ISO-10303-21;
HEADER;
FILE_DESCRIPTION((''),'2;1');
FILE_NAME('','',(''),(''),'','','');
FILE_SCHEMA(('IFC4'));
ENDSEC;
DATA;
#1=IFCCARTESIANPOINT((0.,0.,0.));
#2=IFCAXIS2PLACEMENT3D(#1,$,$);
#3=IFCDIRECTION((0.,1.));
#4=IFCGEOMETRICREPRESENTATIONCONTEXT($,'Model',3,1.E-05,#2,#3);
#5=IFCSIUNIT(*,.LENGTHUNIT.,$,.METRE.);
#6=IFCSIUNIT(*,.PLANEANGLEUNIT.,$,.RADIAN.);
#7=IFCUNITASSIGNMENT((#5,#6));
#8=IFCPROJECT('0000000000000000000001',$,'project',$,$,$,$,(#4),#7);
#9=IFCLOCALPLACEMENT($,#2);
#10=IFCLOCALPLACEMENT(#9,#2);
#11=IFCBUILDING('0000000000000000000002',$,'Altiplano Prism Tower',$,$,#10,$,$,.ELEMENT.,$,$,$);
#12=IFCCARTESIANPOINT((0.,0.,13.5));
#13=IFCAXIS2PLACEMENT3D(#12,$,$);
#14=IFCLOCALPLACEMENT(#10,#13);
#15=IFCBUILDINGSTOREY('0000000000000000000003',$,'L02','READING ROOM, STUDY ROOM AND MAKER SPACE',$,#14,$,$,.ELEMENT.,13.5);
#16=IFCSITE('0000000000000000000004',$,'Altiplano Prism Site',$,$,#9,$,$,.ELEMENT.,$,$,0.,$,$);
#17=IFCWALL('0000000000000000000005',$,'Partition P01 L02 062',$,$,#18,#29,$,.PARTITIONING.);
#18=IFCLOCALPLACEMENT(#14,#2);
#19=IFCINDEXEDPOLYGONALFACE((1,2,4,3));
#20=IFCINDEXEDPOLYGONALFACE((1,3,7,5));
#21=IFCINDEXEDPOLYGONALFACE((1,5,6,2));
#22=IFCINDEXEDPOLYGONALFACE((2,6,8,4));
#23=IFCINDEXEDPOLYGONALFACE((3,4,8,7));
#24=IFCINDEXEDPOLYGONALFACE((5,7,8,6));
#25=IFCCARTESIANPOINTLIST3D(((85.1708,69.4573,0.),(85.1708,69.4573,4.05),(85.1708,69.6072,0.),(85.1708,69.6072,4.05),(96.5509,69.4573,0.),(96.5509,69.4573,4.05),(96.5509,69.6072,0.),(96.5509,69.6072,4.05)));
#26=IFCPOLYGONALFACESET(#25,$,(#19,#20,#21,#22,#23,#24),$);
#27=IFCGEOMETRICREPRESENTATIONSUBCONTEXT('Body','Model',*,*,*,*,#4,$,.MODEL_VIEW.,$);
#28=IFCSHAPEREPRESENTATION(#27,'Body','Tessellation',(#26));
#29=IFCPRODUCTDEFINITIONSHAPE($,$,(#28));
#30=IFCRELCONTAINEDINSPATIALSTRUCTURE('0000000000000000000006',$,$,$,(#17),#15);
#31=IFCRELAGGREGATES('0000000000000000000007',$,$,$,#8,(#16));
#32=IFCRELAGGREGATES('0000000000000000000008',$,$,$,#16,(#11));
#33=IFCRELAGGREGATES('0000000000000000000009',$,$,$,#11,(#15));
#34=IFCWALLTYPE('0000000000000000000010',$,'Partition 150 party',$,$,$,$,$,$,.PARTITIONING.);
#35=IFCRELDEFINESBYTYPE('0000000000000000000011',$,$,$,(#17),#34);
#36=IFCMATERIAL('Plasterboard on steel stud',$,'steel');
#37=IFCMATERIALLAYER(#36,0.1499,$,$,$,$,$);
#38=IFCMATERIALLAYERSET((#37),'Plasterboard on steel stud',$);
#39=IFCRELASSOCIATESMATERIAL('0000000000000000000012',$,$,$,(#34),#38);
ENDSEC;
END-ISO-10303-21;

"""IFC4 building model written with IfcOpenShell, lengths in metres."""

from ifc_helpers import new_model, si_unit, direction, frame, frame_2d, origin, place, context, subcontext, project, spatial, rectangle, extrude, material, layer, layer_set, type_object, element, save


model = new_model("IFC4")

# Units and contexts
model_context = context("Model", 3, precision=1e-05, world=origin(), true_north=direction((0.0, 1.0)))
body_context = subcontext(model_context, "Body", "Model", "MODEL_VIEW")
ifc_project = project(units=[si_unit("LENGTHUNIT", "METRE"), si_unit("PLANEANGLEUNIT", "RADIAN")], contexts=[model_context])

# Site, building, storey
site_placement = place(None, origin())
site = spatial("IfcSite", under=ifc_project, at=site_placement, Name="Altiplano Prism Site", CompositionType="ELEMENT", RefElevation=0.0)
building_placement = place(site_placement, origin())
building = spatial("IfcBuilding", under=site, at=building_placement, Name="Altiplano Prism Tower", CompositionType="ELEMENT")
storey_placement = place(building_placement, frame((0.0, 0.0, 13.5)))
storey = spatial("IfcBuildingStorey", under=building, at=storey_placement, Name="L02", Description="READING ROOM, STUDY ROOM AND MAKER SPACE", CompositionType="ELEMENT", Elevation=13.5)

# Shared definitions
ifc_material_1 = material(Name="Plasterboard on steel stud", Category="steel")

# Wall
ifc_layer_1 = layer(ifc_material_1, 0.1499)
ifc_layer_set_1 = layer_set([ifc_layer_1], Name="Plasterboard on steel stud")
wall_type_1 = type_object("IfcWallType", Name="Partition 150 party", PredefinedType="PARTITIONING", material=ifc_layer_set_1)
wall_1_placement = place(storey_placement, frame((85.1709, 69.5322, 0.0), z_axis=(0.0, 0.0, 1.0), x_axis=(1.0, 0.0, 0.0)))
element("IfcWall", 1, at=wall_1_placement, inside=storey, type_object=wall_type_1, Name="Partition P01 L02 062", PredefinedType="PARTITIONING", context=body_context, shape_type="SweptSolid", body=[
    extrude(rectangle(XDim=11.3801, YDim=0.1499, at=frame_2d((5.6899, 0.0))), origin(), (0.0, 0.0, 1.0), 4.05),
])

save(model, "model.ifc")
